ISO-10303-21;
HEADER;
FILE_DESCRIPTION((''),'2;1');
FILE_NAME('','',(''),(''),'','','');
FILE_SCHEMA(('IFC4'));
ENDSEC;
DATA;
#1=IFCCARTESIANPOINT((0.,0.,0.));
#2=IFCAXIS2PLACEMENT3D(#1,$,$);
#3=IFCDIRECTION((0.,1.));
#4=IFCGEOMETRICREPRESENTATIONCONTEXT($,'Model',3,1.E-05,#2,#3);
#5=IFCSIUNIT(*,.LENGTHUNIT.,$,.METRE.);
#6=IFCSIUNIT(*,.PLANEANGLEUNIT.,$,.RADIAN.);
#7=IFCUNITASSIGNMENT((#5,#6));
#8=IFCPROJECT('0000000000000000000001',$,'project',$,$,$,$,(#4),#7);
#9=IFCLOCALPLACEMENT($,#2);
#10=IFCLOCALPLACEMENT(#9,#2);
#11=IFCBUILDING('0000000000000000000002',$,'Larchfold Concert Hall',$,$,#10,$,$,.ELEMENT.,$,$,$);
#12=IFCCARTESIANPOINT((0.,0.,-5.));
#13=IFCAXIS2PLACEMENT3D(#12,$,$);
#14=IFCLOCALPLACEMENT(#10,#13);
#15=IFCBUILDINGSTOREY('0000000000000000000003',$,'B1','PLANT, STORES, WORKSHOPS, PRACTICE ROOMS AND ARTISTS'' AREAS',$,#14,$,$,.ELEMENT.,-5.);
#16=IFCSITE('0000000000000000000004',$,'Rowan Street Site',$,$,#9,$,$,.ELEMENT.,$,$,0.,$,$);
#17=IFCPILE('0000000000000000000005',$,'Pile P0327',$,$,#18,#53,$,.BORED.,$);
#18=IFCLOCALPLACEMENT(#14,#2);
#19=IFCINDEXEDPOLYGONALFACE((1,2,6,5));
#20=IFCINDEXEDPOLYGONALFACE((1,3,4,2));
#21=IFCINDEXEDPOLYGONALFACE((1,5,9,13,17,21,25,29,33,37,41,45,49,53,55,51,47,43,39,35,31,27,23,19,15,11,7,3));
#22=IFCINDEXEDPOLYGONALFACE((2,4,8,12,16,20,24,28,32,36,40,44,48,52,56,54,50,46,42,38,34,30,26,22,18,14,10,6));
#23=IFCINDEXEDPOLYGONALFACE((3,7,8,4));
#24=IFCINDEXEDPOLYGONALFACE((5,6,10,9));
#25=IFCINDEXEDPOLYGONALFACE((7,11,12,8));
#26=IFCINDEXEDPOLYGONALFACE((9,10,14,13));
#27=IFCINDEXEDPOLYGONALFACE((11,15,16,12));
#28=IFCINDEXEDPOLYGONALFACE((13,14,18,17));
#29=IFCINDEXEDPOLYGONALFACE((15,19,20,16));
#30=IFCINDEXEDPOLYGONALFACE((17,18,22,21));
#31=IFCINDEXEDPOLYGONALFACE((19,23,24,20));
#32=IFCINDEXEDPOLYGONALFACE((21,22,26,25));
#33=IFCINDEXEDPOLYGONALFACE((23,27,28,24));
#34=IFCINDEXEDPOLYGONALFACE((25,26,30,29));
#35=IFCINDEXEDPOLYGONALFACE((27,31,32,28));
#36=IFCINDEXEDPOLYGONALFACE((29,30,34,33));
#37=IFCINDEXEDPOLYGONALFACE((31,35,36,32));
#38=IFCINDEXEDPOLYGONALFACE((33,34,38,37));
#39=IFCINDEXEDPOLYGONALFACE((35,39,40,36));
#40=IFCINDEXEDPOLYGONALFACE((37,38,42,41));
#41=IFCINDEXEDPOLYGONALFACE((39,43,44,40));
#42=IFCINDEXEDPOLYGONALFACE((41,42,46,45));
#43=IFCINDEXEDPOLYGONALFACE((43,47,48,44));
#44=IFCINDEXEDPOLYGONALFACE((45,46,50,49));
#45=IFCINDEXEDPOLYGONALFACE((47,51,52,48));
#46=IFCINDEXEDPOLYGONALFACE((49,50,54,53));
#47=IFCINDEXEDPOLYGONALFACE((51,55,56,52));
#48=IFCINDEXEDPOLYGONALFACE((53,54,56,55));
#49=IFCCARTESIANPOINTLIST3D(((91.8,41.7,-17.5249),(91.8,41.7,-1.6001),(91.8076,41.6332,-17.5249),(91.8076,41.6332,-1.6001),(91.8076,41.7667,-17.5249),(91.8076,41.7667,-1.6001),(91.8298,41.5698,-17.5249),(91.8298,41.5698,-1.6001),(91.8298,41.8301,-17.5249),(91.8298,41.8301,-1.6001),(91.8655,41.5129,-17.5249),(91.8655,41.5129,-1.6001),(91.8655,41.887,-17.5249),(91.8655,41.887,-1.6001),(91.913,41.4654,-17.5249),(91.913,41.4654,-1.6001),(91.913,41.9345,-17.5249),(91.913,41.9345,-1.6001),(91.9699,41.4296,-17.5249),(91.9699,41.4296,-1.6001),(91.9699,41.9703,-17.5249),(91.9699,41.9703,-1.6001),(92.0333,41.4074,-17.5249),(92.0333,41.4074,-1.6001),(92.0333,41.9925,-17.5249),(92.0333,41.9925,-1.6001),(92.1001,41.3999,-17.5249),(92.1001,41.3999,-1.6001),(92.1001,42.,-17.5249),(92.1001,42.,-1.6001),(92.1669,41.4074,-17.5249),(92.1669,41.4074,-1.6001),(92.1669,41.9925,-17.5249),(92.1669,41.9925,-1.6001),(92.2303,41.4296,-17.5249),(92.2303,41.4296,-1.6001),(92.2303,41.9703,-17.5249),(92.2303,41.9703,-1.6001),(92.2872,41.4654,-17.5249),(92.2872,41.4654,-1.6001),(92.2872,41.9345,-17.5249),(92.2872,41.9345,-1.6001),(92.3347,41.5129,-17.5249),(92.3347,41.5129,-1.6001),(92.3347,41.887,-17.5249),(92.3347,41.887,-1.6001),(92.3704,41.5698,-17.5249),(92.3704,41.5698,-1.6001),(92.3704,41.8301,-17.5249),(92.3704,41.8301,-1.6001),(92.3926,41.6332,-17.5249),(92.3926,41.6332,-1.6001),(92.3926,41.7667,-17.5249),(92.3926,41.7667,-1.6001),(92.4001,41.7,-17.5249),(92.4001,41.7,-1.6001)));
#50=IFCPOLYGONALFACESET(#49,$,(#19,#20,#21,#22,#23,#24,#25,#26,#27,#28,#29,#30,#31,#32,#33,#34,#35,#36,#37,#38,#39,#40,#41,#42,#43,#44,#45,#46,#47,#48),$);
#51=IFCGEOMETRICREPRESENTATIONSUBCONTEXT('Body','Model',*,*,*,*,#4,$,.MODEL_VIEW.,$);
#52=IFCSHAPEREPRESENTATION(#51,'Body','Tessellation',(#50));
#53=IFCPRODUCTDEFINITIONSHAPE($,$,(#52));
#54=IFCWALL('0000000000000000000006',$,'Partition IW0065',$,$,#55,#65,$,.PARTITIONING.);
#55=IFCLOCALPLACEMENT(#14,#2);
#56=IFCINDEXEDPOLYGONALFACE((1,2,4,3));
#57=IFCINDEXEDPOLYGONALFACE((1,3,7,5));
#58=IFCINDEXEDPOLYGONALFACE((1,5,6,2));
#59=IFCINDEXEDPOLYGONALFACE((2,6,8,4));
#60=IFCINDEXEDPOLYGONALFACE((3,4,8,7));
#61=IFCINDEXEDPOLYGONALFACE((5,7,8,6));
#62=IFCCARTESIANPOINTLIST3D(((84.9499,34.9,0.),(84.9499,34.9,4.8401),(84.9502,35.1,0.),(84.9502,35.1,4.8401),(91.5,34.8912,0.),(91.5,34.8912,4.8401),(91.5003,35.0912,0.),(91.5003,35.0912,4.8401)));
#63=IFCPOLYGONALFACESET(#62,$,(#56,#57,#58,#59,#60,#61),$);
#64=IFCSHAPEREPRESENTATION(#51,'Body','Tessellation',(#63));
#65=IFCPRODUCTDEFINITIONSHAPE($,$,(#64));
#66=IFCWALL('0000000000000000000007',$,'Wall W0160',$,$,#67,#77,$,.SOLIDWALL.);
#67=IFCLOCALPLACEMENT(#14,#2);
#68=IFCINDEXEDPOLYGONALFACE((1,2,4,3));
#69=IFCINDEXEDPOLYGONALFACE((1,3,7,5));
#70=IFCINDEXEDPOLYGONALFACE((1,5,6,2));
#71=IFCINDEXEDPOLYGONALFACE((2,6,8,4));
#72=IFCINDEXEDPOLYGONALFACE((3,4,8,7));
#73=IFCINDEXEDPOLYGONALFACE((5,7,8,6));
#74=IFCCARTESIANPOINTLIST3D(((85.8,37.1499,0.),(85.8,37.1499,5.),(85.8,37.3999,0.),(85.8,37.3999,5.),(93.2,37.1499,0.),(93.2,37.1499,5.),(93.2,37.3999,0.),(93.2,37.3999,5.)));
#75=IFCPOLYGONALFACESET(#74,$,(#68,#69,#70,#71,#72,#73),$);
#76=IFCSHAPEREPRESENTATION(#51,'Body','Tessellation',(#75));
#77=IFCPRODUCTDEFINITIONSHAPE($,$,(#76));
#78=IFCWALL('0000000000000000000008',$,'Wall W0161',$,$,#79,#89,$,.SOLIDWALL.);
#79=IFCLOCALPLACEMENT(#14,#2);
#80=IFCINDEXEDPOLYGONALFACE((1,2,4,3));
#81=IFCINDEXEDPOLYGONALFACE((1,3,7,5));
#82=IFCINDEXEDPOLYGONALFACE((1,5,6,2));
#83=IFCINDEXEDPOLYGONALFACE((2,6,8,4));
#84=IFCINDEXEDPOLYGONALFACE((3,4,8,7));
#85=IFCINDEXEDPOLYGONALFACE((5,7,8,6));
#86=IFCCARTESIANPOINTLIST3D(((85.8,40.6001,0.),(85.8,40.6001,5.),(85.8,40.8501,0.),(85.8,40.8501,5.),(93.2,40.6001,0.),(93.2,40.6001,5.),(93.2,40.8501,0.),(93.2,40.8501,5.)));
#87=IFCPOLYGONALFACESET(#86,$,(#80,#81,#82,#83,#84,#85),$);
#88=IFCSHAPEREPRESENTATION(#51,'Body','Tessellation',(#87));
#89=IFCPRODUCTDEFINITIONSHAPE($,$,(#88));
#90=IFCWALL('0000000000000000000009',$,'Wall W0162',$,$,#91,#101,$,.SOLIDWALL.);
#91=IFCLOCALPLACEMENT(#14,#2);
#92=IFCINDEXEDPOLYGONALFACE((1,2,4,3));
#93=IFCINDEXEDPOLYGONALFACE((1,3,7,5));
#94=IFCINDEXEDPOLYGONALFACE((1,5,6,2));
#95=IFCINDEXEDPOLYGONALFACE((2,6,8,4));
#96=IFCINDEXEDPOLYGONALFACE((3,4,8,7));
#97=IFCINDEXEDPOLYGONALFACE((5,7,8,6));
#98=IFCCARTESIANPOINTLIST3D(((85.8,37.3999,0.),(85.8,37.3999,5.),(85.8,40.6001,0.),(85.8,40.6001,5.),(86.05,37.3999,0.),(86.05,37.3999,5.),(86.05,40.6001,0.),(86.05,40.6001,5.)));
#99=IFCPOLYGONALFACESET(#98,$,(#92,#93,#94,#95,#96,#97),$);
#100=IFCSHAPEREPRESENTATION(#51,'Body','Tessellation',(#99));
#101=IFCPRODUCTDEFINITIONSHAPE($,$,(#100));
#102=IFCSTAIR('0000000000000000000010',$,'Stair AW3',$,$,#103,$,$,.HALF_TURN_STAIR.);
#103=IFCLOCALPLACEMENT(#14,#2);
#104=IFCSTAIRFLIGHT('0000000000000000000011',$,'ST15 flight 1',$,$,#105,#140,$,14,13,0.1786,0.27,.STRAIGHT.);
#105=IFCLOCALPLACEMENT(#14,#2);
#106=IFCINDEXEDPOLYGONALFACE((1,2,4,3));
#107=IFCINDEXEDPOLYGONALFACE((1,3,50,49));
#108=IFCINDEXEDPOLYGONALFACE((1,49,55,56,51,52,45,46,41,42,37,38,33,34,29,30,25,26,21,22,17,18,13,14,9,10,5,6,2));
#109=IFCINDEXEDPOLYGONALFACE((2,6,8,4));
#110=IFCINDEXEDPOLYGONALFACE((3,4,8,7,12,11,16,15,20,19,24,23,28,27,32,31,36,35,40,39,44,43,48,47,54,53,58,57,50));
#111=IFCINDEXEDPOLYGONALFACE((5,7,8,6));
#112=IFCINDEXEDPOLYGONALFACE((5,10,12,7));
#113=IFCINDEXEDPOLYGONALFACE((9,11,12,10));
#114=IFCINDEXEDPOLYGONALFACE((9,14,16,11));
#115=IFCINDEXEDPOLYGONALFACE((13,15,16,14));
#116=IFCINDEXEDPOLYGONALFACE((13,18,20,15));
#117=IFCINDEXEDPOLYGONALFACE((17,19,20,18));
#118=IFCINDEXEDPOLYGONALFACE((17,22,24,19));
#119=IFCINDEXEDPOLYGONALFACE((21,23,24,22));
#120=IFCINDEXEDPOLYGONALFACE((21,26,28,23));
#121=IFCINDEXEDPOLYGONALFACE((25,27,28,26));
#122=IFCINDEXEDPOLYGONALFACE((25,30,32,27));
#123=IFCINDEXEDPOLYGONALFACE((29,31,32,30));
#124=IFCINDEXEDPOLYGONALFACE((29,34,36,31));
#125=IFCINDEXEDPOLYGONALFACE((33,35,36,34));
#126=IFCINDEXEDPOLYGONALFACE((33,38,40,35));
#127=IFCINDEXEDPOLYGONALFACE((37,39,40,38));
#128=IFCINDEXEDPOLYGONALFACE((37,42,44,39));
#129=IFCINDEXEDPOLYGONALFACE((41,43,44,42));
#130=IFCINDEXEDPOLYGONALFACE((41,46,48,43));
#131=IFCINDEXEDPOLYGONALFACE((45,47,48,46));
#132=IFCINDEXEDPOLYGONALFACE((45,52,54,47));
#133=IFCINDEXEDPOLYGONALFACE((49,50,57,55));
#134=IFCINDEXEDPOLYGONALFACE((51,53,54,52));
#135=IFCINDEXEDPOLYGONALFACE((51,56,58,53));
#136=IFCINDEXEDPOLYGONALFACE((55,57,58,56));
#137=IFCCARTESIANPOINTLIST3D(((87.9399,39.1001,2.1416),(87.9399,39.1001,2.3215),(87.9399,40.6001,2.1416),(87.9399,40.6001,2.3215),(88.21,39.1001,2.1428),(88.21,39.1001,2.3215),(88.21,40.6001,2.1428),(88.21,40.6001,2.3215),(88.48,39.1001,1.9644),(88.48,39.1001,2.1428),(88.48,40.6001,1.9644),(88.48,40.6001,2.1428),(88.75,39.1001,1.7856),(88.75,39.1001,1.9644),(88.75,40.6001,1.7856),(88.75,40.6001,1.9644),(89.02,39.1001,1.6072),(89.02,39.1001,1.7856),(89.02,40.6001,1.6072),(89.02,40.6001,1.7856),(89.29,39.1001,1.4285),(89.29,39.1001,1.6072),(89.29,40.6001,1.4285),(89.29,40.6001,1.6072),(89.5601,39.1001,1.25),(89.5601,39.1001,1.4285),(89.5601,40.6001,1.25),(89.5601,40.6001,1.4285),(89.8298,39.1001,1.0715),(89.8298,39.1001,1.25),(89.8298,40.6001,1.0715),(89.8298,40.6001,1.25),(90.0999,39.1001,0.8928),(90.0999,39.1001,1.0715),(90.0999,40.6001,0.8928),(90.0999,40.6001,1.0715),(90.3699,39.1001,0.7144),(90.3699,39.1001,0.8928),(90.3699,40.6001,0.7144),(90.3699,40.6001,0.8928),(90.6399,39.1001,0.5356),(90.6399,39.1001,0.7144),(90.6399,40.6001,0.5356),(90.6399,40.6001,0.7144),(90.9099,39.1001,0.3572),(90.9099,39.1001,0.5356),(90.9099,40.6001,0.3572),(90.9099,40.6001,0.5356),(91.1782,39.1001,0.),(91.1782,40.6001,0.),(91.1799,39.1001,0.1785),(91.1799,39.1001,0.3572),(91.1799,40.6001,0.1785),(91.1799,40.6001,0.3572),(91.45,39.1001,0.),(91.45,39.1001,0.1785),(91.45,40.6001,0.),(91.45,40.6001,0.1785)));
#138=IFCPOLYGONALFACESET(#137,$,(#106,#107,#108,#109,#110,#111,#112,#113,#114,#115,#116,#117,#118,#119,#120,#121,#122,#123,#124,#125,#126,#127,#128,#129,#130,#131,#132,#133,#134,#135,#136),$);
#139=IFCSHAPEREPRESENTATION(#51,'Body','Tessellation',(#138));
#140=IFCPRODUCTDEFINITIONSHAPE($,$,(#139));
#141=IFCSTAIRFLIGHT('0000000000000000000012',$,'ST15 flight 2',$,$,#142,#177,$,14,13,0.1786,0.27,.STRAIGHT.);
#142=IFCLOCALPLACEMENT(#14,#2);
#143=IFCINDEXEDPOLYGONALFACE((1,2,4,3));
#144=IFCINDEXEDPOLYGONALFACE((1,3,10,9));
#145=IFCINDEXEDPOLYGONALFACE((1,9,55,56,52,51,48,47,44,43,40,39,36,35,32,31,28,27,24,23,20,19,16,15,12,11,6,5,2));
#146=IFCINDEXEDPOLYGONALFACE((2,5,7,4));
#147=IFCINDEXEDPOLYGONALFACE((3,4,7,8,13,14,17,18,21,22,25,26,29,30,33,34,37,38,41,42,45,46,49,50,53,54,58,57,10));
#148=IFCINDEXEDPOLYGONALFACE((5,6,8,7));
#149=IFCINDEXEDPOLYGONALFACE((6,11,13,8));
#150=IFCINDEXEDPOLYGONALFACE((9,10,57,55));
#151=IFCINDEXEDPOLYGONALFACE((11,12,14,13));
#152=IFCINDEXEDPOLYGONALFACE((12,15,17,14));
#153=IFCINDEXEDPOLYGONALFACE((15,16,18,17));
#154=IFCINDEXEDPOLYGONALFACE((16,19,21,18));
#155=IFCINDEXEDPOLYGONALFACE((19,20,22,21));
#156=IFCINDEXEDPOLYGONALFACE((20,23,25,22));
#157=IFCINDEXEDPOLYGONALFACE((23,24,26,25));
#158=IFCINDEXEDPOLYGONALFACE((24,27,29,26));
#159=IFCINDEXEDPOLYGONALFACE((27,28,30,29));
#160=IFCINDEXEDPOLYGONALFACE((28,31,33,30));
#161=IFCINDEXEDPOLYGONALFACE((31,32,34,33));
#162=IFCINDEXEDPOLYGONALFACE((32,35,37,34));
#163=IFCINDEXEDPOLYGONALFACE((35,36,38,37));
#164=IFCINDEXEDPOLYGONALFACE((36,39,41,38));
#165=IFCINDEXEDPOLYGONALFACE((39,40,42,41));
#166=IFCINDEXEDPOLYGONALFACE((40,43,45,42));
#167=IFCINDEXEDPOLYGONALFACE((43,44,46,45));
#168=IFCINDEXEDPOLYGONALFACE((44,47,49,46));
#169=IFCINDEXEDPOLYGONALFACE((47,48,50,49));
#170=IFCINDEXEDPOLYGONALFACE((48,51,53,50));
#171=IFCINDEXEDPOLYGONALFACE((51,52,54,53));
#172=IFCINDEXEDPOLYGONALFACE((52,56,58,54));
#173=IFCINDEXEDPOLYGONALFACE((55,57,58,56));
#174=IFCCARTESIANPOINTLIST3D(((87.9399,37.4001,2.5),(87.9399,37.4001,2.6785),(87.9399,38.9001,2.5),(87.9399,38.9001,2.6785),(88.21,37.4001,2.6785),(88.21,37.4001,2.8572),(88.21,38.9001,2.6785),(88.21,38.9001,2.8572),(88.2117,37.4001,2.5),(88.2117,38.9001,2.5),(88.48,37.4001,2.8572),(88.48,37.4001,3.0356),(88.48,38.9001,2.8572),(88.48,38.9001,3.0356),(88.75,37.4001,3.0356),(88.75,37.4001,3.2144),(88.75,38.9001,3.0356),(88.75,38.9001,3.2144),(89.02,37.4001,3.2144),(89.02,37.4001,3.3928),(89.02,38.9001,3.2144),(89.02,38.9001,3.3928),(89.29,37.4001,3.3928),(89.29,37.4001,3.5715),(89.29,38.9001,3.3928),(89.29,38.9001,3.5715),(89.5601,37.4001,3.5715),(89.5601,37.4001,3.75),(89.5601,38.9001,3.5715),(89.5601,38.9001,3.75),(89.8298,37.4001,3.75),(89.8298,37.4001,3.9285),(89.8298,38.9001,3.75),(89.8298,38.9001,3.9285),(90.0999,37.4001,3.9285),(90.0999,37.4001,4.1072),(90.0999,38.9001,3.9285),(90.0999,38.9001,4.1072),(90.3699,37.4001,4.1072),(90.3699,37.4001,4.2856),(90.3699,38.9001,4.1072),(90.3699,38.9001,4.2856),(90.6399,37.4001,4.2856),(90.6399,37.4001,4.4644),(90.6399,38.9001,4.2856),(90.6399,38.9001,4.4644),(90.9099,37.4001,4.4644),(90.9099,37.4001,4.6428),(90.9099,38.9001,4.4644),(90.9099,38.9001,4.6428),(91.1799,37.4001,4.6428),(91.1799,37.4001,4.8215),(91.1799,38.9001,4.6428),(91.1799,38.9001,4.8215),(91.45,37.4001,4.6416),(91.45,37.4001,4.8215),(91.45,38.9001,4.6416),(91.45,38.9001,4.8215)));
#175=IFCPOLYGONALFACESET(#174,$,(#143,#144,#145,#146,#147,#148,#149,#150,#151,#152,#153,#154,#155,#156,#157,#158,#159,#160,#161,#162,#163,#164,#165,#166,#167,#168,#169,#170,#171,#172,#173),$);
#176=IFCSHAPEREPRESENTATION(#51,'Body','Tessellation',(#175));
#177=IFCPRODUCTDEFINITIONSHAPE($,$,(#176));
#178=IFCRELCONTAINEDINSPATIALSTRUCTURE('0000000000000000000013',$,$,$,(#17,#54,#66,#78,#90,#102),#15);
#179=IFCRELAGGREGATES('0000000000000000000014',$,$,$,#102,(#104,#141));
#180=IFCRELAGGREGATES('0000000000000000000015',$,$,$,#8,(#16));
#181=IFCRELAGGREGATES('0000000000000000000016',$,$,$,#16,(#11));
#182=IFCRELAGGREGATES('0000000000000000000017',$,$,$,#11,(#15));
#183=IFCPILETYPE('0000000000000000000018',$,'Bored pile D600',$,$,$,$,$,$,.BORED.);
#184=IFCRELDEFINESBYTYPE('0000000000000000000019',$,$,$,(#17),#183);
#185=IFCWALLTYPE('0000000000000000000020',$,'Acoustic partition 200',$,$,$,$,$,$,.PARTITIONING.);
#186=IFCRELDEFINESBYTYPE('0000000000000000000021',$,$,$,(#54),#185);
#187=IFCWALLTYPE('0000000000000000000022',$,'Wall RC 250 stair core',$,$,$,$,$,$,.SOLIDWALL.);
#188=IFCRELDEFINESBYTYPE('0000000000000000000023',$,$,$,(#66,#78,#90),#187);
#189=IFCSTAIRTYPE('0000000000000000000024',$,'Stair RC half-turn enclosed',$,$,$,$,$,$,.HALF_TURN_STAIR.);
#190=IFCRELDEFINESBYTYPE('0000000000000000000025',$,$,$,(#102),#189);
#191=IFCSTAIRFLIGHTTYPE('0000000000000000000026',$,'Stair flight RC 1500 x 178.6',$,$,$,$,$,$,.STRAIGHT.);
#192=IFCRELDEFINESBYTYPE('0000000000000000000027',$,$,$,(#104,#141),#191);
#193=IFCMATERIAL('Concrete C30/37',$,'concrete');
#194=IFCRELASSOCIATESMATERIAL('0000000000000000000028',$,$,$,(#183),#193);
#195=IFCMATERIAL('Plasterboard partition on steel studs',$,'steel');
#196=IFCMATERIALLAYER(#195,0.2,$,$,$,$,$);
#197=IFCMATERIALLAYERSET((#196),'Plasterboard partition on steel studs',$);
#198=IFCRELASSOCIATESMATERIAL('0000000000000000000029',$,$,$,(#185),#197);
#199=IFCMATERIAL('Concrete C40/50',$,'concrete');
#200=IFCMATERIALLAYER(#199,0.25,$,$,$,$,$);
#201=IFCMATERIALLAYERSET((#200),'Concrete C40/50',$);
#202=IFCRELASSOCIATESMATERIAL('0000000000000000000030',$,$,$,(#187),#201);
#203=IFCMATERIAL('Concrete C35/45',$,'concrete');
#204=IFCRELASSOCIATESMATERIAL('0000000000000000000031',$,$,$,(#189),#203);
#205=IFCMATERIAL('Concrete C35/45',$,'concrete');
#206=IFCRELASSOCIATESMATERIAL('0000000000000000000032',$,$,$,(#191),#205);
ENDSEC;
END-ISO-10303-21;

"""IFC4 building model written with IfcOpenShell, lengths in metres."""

from ifc_helpers import new_model, si_unit, direction, frame, frame_2d, origin, origin_2d, place, context, subcontext, project, spatial, polyline, rectangle, circle, outline, extrude, material, layer, layer_set, material_profile, profile_set, type_object, element, aggregate, save


model = new_model("IFC4")

# Units and contexts
model_context = context("Model", 3, precision=1e-05, world=origin(), true_north=direction((0.0, 1.0)))
body_context = subcontext(model_context, "Body", "Model", "MODEL_VIEW")
ifc_project = project(units=[si_unit("LENGTHUNIT", "METRE"), si_unit("PLANEANGLEUNIT", "RADIAN")], contexts=[model_context])

# Site, building, storey
site_placement = place(None, origin())
site = spatial("IfcSite", under=ifc_project, at=site_placement, Name="Rowan Street Site", CompositionType="ELEMENT", RefElevation=0.0)
building_placement = place(site_placement, origin())
building = spatial("IfcBuilding", under=site, at=building_placement, Name="Larchfold Concert Hall", CompositionType="ELEMENT")
storey_placement = place(building_placement, frame((0.0, 0.0, -5.0)))
storey = spatial("IfcBuildingStorey", under=building, at=storey_placement, Name="B1", Description="PLANT, STORES, WORKSHOPS, PRACTICE ROOMS AND ARTISTS' AREAS", CompositionType="ELEMENT", Elevation=-5.0)

# Pile
ifc_material_1 = material(Name="Concrete C30/37", Category="concrete")
ifc_material_profile = material_profile(ifc_material_1, circle(Radius=0.3, at=origin_2d()))
ifc_profile_set = profile_set([ifc_material_profile], Name="Concrete C30/37")
pile_type = type_object("IfcPileType", Name="Bored pile D600", PredefinedType="BORED", material=ifc_profile_set)
pile_1_placement = place(storey_placement, frame((92.1001, 41.7, -1.6001), z_axis=(0.0, 0.0, -1.0), x_axis=(1.0, 0.0, 0.0)))
element("IfcPile", 1, at=pile_1_placement, inside=storey, type_object=pile_type, Name="Pile P0327", PredefinedType="BORED", context=body_context, shape_type="SweptSolid", body=[
    extrude(circle(Radius=0.3, at=origin_2d()), origin(), (0.0, 0.0, 1.0), 15.9248),
])

# Walls
ifc_material_2 = material(Name="Plasterboard partition on steel studs", Category="steel")
ifc_layer_1 = layer(ifc_material_2, 0.2)
ifc_layer_set_1 = layer_set([ifc_layer_1], Name="Plasterboard partition on steel studs")
wall_type_1 = type_object("IfcWallType", Name="Acoustic partition 200", PredefinedType="PARTITIONING", material=ifc_layer_set_1)
wall_1_placement = place(storey_placement, frame((91.5, 34.9912, 0.0), z_axis=(0.0, 0.0, 1.0), x_axis=(-0.999999, 0.001342, 0.0)))
element("IfcWall", 2, at=wall_1_placement, inside=storey, type_object=wall_type_1, Name="Partition IW0065", PredefinedType="PARTITIONING", context=body_context, shape_type="SweptSolid", body=[
    extrude(rectangle(XDim=6.55, YDim=0.2, at=frame_2d((3.2749, 0.0))), origin(), (0.0, 0.0, 1.0), 4.8401),
])
ifc_material_3 = material(Name="Concrete C40/50", Category="concrete")
ifc_layer_2 = layer(ifc_material_3, 0.25)
ifc_layer_set_2 = layer_set([ifc_layer_2], Name="Concrete C40/50")
wall_type_2 = type_object("IfcWallType", Name="Wall RC 250 stair core", PredefinedType="SOLIDWALL", material=ifc_layer_set_2)
for number, where, z_axis, x_axis, name in (
    (3, (85.8, 37.2749, 0.0), (0.0, 0.0, 1.0), (1.0, 0.0, 0.0), "Wall W0160"),
    (4, (85.8, 40.7251, 0.0), (0.0, 0.0, 1.0), (1.0, 0.0, 0.0), "Wall W0161"),
):
    element("IfcWall", number, at=place(storey_placement, frame(where, z_axis=z_axis, x_axis=x_axis)), inside=storey, type_object=wall_type_2, Name=name, PredefinedType="SOLIDWALL", context=body_context, shape_type="SweptSolid", body=[
        extrude(rectangle(XDim=7.3999, YDim=0.25, at=frame_2d((3.7, 0.0))), origin(), (0.0, 0.0, 1.0), 5.0),
    ])
wall_2_placement = place(storey_placement, frame((85.925, 37.3999, 0.0), z_axis=(0.0, 0.0, 1.0), x_axis=(0.0, 1.0, 0.0)))
element("IfcWall", 5, at=wall_2_placement, inside=storey, type_object=wall_type_2, Name="Wall W0162", PredefinedType="SOLIDWALL", context=body_context, shape_type="SweptSolid", body=[
    extrude(rectangle(XDim=3.2002, YDim=0.25, at=frame_2d((1.6001, 0.0))), origin(), (0.0, 0.0, 1.0), 5.0),
])

# Stair, stair flights
ifc_material_4 = material(Name="Concrete C35/45", Category="concrete")
stair_type = type_object("IfcStairType", Name="Stair RC half-turn enclosed", PredefinedType="HALF_TURN_STAIR", material=ifc_material_4)
stair_placement = place(storey_placement, origin())
stair = element("IfcStair", 6, at=stair_placement, inside=storey, type_object=stair_type, Name="Stair AW3", PredefinedType="HALF_TURN_STAIR")
ifc_material_5 = material(Name="Concrete C35/45", Category="concrete")
stair_flight_type = type_object("IfcStairFlightType", Name="Stair flight RC 1500 x 178.6", PredefinedType="STRAIGHT", material=ifc_material_5)
stair_flight_1_placement = place(storey_placement, frame((91.45, 39.8501, 0.0), z_axis=(0.0, 0.0, 1.0), x_axis=(-1.0, 0.0, 0.0)))
stair_flight_1 = element("IfcStairFlight", 7, at=stair_flight_1_placement, type_object=stair_flight_type, Name="ST15 flight 1", NumberOfRisers=14, NumberOfTreads=13, PredefinedType="STRAIGHT", RiserHeight=0.1786, TreadLength=0.27, context=body_context, shape_type="SweptSolid", body=[
    extrude(outline(polyline([(0.0, 0.0), (0.0, 0.1785), (0.27, 0.1785), (0.27, 0.3572), (0.54, 0.3572), (0.54, 0.5356), (0.8101, 0.5356), (0.8101, 0.7144), (1.0801, 0.7144), (1.0801, 0.8928), (1.3501, 0.8928), (1.3501, 1.0715), (1.6201, 1.0715), (1.6201, 1.25), (1.8899, 1.25), (1.8899, 1.4285), (2.1599, 1.4285), (2.1599, 1.6072), (2.4299, 1.6072), (2.4299, 1.7856), (2.7, 1.7856), (2.7, 1.9644), (2.97, 1.9644), (2.97, 2.1428), (3.24, 2.1428), (3.24, 2.3215), (3.51, 2.3215), (3.51, 2.5), (3.51, 2.1416), (0.2717, 0.0), (0.0, 0.0)])), frame((0.0, 0.75, 0.0), z_axis=(0.0, -1.0, 0.0), x_axis=(1.0, 0.0, 0.0)), (0.0, 0.0, 1.0), 1.5),
])
stair_flight_2_placement = place(storey_placement, frame((87.9399, 38.1501, 2.5), z_axis=(0.0, 0.0, 1.0), x_axis=(1.0, 0.0, 0.0)))
stair_flight_2 = element("IfcStairFlight", 8, at=stair_flight_2_placement, type_object=stair_flight_type, Name="ST15 flight 2", NumberOfRisers=14, NumberOfTreads=13, PredefinedType="STRAIGHT", RiserHeight=0.1786, TreadLength=0.27, context=body_context, shape_type="SweptSolid", body=[
    extrude(outline(polyline([(0.0, 0.0), (0.0, 0.1785), (0.27, 0.1785), (0.27, 0.3572), (0.54, 0.3572), (0.54, 0.5356), (0.8101, 0.5356), (0.8101, 0.7144), (1.0801, 0.7144), (1.0801, 0.8928), (1.3501, 0.8928), (1.3501, 1.0715), (1.6201, 1.0715), (1.6201, 1.25), (1.8899, 1.25), (1.8899, 1.4285), (2.1599, 1.4285), (2.1599, 1.6072), (2.4299, 1.6072), (2.4299, 1.7856), (2.7, 1.7856), (2.7, 1.9644), (2.97, 1.9644), (2.97, 2.1428), (3.24, 2.1428), (3.24, 2.3215), (3.51, 2.3215), (3.51, 2.5), (3.51, 2.1416), (0.2717, 0.0), (0.0, 0.0)])), frame((0.0, 0.75, 0.0), z_axis=(0.0, -1.0, 0.0), x_axis=(1.0, 0.0, 0.0)), (0.0, 0.0, 1.0), 1.5),
])
aggregate(stair, [stair_flight_1, stair_flight_2])

save(model, "model.ifc")
